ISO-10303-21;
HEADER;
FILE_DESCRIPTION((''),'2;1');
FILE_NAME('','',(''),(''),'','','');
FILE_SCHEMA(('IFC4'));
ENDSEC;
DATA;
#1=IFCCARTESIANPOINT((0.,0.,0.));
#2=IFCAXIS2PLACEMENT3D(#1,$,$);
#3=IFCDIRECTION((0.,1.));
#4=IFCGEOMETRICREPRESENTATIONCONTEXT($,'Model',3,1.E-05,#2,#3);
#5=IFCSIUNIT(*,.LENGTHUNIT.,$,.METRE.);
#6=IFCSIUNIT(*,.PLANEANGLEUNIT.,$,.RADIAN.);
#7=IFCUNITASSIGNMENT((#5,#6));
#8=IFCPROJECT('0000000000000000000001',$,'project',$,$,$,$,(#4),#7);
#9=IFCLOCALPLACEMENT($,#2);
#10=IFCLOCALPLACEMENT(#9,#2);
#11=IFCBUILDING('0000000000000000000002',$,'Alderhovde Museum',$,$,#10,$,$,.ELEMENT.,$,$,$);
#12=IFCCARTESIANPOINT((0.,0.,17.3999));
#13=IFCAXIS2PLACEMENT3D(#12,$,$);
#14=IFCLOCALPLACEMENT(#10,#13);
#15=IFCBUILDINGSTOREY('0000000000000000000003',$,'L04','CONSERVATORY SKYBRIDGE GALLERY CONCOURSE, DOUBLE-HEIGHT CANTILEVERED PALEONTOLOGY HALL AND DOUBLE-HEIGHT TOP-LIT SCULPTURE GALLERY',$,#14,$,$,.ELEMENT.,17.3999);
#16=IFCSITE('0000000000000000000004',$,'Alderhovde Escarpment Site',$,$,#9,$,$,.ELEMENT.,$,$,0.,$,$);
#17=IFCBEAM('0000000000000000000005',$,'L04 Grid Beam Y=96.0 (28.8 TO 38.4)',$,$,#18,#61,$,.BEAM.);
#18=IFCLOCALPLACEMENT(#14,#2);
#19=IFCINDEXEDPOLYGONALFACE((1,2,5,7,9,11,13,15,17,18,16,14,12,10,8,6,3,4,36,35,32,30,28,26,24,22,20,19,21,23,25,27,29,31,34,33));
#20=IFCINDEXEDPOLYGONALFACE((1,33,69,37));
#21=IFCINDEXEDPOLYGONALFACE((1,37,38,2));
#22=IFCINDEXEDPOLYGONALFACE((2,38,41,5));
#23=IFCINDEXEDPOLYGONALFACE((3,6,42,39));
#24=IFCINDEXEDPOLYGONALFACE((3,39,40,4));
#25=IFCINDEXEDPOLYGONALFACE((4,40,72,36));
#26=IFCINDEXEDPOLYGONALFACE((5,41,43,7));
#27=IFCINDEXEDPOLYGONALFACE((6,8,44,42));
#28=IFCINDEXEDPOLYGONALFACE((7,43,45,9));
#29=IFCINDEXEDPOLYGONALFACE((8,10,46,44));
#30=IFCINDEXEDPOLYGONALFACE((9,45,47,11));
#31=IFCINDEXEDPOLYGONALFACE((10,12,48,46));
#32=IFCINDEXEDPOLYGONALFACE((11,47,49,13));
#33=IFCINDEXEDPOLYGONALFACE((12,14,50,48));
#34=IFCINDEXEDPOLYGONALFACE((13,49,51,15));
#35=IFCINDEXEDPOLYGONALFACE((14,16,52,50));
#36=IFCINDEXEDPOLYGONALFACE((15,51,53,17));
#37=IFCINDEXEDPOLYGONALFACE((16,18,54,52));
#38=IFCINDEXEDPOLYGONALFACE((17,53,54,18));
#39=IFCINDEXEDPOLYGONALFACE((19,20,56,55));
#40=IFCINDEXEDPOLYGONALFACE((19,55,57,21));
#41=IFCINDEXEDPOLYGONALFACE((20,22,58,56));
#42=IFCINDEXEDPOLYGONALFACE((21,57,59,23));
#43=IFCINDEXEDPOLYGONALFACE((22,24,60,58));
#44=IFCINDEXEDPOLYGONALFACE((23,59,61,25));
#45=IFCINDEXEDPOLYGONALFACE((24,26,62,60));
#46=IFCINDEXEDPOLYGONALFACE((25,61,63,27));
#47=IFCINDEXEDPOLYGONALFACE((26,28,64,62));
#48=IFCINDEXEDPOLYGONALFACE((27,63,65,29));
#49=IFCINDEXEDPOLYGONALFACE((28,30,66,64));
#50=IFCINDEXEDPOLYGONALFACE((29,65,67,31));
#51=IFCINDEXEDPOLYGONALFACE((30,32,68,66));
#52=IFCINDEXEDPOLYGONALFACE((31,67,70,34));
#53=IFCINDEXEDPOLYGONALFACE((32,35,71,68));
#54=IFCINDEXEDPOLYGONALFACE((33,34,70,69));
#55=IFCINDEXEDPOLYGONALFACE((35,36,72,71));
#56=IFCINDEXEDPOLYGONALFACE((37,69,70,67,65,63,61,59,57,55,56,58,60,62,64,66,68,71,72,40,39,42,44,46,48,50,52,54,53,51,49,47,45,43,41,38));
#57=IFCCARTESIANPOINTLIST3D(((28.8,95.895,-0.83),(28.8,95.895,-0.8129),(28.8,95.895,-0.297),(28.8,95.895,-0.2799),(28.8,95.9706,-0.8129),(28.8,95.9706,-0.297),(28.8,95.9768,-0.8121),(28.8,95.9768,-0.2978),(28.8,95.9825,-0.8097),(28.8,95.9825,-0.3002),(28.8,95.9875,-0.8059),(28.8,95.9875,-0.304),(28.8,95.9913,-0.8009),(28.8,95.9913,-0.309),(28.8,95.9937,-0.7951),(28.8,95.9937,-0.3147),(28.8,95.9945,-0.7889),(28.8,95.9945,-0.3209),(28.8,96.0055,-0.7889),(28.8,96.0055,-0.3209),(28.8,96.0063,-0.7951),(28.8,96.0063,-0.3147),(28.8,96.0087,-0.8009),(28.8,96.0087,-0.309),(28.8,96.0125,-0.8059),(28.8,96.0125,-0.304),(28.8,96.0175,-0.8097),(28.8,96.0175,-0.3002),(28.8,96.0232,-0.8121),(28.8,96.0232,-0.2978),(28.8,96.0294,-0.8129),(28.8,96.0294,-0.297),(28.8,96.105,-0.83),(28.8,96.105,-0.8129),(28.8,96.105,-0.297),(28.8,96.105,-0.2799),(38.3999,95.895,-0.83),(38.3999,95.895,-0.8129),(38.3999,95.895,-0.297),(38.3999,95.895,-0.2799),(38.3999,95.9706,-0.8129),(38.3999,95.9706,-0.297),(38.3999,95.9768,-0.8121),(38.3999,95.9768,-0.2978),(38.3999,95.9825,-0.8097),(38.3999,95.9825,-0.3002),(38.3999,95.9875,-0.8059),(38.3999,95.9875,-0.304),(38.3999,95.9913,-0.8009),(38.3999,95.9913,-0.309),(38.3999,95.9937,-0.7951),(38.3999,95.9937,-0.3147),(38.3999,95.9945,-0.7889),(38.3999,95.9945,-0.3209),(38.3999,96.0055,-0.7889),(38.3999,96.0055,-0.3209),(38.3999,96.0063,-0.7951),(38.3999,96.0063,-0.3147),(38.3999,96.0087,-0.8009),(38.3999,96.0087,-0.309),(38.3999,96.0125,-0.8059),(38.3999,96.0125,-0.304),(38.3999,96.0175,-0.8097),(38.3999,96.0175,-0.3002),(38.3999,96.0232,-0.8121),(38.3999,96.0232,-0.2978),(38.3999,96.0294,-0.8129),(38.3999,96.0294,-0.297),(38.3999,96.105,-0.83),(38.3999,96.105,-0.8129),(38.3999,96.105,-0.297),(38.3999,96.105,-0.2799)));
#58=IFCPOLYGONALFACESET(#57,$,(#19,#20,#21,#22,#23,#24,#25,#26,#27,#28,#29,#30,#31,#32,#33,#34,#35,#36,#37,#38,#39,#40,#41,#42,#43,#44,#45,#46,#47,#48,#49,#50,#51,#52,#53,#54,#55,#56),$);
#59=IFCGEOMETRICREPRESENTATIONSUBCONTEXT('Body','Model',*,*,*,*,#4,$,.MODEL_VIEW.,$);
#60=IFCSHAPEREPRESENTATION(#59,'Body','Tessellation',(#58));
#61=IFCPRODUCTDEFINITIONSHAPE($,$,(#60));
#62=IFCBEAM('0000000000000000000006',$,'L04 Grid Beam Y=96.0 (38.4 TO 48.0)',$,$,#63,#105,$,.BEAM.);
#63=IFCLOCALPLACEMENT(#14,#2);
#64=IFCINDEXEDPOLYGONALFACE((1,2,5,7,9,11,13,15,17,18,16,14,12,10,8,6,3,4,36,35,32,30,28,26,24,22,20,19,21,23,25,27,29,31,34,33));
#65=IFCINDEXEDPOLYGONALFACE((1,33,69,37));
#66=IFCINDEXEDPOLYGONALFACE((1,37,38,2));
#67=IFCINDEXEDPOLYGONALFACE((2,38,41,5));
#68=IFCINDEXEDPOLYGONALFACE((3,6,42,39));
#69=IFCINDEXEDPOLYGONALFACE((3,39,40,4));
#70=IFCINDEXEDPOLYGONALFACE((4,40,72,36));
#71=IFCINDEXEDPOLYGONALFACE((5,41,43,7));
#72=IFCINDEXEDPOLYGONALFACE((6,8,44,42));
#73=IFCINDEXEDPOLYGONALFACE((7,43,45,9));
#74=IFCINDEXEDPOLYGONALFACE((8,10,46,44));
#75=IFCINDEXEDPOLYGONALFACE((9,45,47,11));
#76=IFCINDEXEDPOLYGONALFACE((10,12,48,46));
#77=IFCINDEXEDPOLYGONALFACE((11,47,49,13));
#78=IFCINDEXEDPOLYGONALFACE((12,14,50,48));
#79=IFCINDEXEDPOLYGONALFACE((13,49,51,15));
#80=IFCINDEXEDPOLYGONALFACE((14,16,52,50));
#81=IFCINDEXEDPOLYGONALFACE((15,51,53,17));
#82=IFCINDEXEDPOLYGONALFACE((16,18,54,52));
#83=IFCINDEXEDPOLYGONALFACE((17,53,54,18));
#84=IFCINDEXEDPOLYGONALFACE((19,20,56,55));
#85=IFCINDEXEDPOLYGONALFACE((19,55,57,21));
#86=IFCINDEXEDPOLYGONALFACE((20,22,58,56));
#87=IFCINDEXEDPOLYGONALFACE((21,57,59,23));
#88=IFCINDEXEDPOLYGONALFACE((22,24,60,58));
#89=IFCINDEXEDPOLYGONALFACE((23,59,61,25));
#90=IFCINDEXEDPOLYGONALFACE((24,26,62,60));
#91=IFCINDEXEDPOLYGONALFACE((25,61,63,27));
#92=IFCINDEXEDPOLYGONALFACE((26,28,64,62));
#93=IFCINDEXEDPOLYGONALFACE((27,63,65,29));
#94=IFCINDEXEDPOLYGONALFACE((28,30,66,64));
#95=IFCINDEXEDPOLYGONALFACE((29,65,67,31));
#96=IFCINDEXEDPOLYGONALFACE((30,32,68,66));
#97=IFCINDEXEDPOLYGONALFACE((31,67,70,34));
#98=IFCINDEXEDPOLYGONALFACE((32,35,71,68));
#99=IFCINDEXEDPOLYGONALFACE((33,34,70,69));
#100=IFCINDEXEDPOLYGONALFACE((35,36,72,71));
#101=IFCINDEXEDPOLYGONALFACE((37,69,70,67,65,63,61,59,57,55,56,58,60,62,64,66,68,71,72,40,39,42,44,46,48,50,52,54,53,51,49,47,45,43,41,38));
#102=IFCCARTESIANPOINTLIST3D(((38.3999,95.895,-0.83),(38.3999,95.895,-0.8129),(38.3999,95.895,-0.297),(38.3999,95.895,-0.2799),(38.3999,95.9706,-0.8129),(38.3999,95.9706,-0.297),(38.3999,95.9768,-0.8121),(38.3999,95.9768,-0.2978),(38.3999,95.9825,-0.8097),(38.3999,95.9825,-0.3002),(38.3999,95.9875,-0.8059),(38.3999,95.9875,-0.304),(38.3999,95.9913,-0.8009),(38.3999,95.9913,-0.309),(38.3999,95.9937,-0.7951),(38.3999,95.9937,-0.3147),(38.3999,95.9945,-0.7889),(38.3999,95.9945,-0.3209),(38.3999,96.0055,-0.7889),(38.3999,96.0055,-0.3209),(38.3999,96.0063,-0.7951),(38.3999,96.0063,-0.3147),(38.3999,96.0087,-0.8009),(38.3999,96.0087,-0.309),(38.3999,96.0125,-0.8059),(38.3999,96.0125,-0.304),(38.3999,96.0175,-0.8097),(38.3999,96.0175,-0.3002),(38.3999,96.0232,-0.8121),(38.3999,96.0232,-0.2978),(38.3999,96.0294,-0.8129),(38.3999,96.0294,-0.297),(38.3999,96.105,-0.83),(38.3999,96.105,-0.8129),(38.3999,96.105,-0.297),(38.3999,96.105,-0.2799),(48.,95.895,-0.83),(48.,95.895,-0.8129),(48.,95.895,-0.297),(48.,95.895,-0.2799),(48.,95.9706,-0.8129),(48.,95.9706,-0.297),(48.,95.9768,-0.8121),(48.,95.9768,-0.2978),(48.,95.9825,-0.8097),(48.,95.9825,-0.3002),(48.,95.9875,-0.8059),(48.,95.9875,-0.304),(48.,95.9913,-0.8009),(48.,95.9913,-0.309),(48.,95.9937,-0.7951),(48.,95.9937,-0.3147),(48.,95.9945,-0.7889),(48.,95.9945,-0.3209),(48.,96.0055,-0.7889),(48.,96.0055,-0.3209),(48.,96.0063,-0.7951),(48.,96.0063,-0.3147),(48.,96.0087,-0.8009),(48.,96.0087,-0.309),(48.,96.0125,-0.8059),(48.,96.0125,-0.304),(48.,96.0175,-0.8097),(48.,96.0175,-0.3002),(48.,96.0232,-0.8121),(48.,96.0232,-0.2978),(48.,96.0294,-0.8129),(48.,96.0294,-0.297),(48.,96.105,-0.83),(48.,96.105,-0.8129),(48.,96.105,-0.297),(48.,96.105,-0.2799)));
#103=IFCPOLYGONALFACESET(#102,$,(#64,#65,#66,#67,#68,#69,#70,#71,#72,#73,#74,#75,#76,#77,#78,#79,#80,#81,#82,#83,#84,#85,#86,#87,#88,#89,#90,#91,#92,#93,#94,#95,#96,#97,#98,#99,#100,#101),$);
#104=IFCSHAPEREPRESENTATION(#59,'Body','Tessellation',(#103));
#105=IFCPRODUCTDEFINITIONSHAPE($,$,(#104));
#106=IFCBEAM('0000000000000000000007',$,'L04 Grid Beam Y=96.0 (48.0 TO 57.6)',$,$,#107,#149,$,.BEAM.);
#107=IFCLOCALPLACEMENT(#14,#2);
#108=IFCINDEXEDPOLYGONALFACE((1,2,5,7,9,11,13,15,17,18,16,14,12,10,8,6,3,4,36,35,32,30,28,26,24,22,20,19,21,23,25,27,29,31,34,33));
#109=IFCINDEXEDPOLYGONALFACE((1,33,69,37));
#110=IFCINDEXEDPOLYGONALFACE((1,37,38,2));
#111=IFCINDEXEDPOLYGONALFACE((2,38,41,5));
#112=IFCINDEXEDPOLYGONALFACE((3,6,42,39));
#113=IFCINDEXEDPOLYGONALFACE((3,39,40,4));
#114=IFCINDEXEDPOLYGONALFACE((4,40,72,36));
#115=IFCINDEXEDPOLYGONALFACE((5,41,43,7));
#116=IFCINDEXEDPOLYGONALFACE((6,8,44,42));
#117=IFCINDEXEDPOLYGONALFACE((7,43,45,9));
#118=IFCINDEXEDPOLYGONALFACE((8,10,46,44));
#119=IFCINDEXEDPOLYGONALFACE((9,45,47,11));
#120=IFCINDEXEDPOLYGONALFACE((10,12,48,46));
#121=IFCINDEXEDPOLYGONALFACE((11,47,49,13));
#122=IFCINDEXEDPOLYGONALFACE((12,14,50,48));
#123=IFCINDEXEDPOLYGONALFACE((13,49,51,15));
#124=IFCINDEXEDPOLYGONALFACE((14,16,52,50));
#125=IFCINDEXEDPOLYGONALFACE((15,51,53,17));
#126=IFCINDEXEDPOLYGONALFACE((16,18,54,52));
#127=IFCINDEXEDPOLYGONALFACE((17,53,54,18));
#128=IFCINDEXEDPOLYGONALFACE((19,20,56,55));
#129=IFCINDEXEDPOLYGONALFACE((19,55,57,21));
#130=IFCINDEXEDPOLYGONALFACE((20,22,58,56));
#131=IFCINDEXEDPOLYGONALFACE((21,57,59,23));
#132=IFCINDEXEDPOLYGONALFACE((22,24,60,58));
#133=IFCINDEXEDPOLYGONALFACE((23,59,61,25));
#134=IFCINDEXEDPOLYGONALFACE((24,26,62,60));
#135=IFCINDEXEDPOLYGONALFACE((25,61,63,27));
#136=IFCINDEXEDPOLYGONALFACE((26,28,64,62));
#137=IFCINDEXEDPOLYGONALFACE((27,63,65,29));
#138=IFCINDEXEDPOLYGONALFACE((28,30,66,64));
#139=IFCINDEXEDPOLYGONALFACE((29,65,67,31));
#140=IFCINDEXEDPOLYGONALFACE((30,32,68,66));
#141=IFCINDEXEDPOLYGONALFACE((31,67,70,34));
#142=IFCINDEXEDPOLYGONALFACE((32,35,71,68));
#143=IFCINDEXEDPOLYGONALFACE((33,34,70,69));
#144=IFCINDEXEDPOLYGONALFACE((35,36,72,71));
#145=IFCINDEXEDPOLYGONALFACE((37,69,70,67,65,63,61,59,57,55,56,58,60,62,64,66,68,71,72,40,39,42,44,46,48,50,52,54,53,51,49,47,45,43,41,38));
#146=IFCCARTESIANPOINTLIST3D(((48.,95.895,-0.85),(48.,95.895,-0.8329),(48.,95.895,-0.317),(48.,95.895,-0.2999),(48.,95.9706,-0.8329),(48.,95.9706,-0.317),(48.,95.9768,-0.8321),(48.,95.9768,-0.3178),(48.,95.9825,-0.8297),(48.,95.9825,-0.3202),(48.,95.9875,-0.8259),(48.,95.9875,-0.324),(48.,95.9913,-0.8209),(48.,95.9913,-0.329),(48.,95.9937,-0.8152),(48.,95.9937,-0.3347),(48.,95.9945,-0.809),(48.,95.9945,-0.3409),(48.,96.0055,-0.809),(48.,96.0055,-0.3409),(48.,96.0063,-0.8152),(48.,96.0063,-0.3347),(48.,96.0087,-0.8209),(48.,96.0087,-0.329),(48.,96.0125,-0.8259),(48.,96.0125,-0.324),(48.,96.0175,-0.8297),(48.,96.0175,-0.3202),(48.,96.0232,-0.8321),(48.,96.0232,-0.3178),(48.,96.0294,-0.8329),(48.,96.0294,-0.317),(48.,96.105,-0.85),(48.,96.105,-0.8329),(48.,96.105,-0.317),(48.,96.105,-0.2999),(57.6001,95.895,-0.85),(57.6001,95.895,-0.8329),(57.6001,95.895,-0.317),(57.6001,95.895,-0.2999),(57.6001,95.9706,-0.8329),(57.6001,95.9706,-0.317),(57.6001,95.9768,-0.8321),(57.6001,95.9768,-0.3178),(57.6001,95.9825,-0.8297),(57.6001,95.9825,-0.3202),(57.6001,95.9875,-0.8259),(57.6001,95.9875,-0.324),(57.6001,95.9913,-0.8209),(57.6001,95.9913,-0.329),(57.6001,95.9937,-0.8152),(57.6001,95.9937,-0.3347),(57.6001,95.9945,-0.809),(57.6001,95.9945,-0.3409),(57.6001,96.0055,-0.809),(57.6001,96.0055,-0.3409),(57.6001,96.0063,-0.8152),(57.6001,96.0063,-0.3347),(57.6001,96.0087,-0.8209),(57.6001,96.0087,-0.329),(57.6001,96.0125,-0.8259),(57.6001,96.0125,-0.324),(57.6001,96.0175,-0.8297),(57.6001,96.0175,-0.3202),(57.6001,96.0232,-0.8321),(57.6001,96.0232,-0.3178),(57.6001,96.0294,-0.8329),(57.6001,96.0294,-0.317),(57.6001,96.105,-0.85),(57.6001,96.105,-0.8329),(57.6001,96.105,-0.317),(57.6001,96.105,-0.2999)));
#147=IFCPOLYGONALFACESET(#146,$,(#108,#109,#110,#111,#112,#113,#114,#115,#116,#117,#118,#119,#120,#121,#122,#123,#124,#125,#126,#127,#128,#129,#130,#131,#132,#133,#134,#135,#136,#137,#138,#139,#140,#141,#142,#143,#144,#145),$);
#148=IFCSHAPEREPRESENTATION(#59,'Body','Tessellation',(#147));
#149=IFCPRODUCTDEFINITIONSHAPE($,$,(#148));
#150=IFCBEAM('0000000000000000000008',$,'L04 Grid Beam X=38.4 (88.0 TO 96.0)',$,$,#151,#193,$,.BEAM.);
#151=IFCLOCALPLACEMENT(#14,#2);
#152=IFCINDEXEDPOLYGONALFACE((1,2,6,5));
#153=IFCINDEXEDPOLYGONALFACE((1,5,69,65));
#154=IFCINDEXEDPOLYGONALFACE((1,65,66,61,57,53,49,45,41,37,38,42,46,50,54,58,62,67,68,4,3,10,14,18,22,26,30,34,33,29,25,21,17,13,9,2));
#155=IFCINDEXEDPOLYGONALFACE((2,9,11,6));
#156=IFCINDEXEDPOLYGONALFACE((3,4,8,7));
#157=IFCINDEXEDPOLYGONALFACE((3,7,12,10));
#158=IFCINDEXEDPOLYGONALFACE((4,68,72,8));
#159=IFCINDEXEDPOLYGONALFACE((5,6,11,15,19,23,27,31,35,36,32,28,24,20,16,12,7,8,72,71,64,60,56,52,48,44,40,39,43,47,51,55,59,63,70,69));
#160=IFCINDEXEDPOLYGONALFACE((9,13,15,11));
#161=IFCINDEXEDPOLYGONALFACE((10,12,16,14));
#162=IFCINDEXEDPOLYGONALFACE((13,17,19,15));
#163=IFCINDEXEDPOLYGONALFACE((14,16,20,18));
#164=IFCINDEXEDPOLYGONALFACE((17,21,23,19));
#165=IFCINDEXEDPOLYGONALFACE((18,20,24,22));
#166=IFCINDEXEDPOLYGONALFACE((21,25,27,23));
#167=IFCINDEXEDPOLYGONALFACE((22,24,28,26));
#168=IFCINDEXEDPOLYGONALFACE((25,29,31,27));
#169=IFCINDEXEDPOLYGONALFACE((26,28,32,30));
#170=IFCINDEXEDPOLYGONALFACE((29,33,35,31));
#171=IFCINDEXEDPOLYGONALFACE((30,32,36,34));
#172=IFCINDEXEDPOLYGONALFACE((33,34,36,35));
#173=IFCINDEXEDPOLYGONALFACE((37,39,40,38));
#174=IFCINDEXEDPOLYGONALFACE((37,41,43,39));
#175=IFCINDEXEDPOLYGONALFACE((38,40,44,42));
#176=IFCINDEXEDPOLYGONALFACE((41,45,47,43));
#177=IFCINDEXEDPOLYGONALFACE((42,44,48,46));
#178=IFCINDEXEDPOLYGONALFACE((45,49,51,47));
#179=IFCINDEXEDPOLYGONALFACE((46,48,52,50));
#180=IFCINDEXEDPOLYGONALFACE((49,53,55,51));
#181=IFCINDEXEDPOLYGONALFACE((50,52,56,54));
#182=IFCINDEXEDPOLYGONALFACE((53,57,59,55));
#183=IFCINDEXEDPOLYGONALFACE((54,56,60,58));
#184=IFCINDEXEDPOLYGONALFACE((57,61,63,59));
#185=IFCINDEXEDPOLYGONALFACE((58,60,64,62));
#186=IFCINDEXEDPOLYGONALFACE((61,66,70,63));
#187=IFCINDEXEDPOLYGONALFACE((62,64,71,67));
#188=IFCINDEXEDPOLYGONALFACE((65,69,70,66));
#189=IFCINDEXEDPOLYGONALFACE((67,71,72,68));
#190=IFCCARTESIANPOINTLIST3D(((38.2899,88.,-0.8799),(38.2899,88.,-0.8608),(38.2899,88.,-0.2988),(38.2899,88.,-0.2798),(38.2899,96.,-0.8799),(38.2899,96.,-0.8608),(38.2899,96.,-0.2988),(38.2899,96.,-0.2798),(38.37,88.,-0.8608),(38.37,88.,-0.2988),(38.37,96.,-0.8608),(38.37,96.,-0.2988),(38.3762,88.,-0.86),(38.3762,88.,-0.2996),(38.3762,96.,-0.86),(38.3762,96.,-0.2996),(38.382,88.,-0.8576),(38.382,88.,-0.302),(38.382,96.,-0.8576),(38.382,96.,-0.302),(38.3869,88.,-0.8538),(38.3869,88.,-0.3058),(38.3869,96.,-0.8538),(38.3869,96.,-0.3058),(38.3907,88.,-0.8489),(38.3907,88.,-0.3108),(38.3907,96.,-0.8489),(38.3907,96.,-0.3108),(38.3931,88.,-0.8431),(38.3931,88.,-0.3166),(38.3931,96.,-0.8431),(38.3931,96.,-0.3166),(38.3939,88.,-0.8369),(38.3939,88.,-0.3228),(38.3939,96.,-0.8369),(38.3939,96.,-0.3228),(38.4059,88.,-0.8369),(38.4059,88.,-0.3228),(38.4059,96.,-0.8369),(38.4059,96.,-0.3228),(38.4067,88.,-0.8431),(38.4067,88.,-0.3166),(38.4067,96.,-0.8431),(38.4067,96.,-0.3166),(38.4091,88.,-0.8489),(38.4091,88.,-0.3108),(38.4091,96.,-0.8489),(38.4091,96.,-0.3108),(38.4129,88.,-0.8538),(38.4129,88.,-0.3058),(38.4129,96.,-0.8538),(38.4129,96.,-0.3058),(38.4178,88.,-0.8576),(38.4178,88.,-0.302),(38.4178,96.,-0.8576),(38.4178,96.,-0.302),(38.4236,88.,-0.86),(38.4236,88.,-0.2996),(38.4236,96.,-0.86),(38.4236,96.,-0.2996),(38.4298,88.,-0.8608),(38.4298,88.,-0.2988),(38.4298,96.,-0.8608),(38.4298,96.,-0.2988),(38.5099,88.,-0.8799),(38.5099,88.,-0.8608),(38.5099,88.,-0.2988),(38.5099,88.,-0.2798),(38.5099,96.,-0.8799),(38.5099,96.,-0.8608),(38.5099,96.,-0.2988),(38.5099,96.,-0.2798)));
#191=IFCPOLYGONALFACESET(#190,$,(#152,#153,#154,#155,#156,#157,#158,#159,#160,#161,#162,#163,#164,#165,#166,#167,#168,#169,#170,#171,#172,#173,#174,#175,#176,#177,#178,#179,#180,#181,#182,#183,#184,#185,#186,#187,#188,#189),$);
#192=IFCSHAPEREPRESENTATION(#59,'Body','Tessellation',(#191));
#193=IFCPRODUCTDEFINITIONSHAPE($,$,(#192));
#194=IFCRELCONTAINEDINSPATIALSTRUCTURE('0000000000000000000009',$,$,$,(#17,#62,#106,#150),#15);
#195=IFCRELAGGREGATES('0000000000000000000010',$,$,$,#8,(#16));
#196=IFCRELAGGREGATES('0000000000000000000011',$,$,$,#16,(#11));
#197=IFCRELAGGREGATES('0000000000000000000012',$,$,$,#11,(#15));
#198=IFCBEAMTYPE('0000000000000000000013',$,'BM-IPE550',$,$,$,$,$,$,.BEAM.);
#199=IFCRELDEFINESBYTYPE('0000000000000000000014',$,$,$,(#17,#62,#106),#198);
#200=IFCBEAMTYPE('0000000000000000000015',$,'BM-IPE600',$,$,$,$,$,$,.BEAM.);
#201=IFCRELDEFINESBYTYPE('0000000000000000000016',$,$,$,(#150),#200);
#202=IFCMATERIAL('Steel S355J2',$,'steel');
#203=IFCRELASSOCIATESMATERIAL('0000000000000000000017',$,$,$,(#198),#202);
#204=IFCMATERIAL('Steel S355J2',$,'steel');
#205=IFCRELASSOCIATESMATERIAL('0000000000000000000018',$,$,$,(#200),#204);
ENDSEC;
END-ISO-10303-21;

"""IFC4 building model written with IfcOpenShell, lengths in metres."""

from ifc_helpers import new_model, si_unit, direction, frame, origin, origin_2d, place, context, subcontext, project, spatial, i_section, extrude, material, material_profile, profile_set, type_object, element, save


model = new_model("IFC4")

# Units and contexts
model_context = context("Model", 3, precision=1e-05, world=origin(), true_north=direction((0.0, 1.0)))
body_context = subcontext(model_context, "Body", "Model", "MODEL_VIEW")
ifc_project = project(units=[si_unit("LENGTHUNIT", "METRE"), si_unit("PLANEANGLEUNIT", "RADIAN")], contexts=[model_context])

# Site, building, storey
site_placement = place(None, origin())
site = spatial("IfcSite", under=ifc_project, at=site_placement, Name="Alderhovde Escarpment Site", CompositionType="ELEMENT", RefElevation=0.0)
building_placement = place(site_placement, origin())
building = spatial("IfcBuilding", under=site, at=building_placement, Name="Alderhovde Museum", CompositionType="ELEMENT")
storey_placement = place(building_placement, frame((0.0, 0.0, 17.3999)))
storey = spatial("IfcBuildingStorey", under=building, at=storey_placement, Name="L04", Description="CONSERVATORY SKYBRIDGE GALLERY CONCOURSE, DOUBLE-HEIGHT CANTILEVERED PALEONTOLOGY HALL AND DOUBLE-HEIGHT TOP-LIT SCULPTURE GALLERY", CompositionType="ELEMENT", Elevation=17.3999)

# Beams
ifc_material_1 = material(Name="Steel S355J2", Category="steel")
ifc_material_profile_1 = material_profile(ifc_material_1, i_section(OverallWidth=0.21, OverallDepth=0.55, WebThickness=0.011, FlangeThickness=0.0171, FilletRadius=0.0239, at=origin_2d()), Name="IPE 550")
ifc_profile_set_1 = profile_set([ifc_material_profile_1], Name="Steel S355J2")
beam_type_1 = type_object("IfcBeamType", Name="BM-IPE550", PredefinedType="BEAM", material=ifc_profile_set_1)
beam_1_placement = place(storey_placement, frame((28.8, 96.0, -0.5549), z_axis=(1.0, 0.0, 0.0), x_axis=(0.0, 1.0, 0.0)))
element("IfcBeam", 1, at=beam_1_placement, inside=storey, type_object=beam_type_1, Name="L04 Grid Beam Y=96.0 (28.8 TO 38.4)", PredefinedType="BEAM", context=body_context, shape_type="SweptSolid", body=[
    extrude(i_section(OverallWidth=0.21, OverallDepth=0.55, WebThickness=0.011, FlangeThickness=0.0171, FilletRadius=0.0239, at=origin_2d()), origin(), (0.0, 0.0, 1.0), 9.5999),
])
for number, where, z_axis, x_axis, name in (
    (2, (38.3999, 96.0, -0.5549), (1.0, 0.0, 0.0), (0.0, 1.0, 0.0), "L04 Grid Beam Y=96.0 (38.4 TO 48.0)"),
    (3, (48.0, 96.0, -0.575), (1.0, 0.0, 0.0), (0.0, 1.0, 0.0), "L04 Grid Beam Y=96.0 (48.0 TO 57.6)"),
):
    element("IfcBeam", number, at=place(storey_placement, frame(where, z_axis=z_axis, x_axis=x_axis)), inside=storey, type_object=beam_type_1, Name=name, PredefinedType="BEAM", context=body_context, shape_type="SweptSolid", body=[
        extrude(i_section(OverallWidth=0.21, OverallDepth=0.55, WebThickness=0.011, FlangeThickness=0.0171, FilletRadius=0.0239, at=origin_2d()), origin(), (0.0, 0.0, 1.0), 9.6001),
    ])
ifc_material_2 = material(Name="Steel S355J2", Category="steel")
ifc_material_profile_2 = material_profile(ifc_material_2, i_section(OverallWidth=0.22, OverallDepth=0.6001, WebThickness=0.012, FlangeThickness=0.019, FilletRadius=0.0239, at=origin_2d()), Name="IPE 600")
ifc_profile_set_2 = profile_set([ifc_material_profile_2], Name="Steel S355J2")
beam_type_2 = type_object("IfcBeamType", Name="BM-IPE600", PredefinedType="BEAM", material=ifc_profile_set_2)
for number, where, z_axis, x_axis, name in (
    (4, (38.3999, 88.0, -0.5798), (0.0, 1.0, 0.0), (-1.0, 0.0, 0.0), "L04 Grid Beam X=38.4 (88.0 TO 96.0)"),
):
    element("IfcBeam", number, at=place(storey_placement, frame(where, z_axis=z_axis, x_axis=x_axis)), inside=storey, type_object=beam_type_2, Name=name, PredefinedType="BEAM", context=body_context, shape_type="SweptSolid", body=[
        extrude(i_section(OverallWidth=0.22, OverallDepth=0.6001, WebThickness=0.012, FlangeThickness=0.019, FilletRadius=0.0239, at=origin_2d()), origin(), (0.0, 0.0, 1.0), 8.0),
    ])

save(model, "model.ifc")
